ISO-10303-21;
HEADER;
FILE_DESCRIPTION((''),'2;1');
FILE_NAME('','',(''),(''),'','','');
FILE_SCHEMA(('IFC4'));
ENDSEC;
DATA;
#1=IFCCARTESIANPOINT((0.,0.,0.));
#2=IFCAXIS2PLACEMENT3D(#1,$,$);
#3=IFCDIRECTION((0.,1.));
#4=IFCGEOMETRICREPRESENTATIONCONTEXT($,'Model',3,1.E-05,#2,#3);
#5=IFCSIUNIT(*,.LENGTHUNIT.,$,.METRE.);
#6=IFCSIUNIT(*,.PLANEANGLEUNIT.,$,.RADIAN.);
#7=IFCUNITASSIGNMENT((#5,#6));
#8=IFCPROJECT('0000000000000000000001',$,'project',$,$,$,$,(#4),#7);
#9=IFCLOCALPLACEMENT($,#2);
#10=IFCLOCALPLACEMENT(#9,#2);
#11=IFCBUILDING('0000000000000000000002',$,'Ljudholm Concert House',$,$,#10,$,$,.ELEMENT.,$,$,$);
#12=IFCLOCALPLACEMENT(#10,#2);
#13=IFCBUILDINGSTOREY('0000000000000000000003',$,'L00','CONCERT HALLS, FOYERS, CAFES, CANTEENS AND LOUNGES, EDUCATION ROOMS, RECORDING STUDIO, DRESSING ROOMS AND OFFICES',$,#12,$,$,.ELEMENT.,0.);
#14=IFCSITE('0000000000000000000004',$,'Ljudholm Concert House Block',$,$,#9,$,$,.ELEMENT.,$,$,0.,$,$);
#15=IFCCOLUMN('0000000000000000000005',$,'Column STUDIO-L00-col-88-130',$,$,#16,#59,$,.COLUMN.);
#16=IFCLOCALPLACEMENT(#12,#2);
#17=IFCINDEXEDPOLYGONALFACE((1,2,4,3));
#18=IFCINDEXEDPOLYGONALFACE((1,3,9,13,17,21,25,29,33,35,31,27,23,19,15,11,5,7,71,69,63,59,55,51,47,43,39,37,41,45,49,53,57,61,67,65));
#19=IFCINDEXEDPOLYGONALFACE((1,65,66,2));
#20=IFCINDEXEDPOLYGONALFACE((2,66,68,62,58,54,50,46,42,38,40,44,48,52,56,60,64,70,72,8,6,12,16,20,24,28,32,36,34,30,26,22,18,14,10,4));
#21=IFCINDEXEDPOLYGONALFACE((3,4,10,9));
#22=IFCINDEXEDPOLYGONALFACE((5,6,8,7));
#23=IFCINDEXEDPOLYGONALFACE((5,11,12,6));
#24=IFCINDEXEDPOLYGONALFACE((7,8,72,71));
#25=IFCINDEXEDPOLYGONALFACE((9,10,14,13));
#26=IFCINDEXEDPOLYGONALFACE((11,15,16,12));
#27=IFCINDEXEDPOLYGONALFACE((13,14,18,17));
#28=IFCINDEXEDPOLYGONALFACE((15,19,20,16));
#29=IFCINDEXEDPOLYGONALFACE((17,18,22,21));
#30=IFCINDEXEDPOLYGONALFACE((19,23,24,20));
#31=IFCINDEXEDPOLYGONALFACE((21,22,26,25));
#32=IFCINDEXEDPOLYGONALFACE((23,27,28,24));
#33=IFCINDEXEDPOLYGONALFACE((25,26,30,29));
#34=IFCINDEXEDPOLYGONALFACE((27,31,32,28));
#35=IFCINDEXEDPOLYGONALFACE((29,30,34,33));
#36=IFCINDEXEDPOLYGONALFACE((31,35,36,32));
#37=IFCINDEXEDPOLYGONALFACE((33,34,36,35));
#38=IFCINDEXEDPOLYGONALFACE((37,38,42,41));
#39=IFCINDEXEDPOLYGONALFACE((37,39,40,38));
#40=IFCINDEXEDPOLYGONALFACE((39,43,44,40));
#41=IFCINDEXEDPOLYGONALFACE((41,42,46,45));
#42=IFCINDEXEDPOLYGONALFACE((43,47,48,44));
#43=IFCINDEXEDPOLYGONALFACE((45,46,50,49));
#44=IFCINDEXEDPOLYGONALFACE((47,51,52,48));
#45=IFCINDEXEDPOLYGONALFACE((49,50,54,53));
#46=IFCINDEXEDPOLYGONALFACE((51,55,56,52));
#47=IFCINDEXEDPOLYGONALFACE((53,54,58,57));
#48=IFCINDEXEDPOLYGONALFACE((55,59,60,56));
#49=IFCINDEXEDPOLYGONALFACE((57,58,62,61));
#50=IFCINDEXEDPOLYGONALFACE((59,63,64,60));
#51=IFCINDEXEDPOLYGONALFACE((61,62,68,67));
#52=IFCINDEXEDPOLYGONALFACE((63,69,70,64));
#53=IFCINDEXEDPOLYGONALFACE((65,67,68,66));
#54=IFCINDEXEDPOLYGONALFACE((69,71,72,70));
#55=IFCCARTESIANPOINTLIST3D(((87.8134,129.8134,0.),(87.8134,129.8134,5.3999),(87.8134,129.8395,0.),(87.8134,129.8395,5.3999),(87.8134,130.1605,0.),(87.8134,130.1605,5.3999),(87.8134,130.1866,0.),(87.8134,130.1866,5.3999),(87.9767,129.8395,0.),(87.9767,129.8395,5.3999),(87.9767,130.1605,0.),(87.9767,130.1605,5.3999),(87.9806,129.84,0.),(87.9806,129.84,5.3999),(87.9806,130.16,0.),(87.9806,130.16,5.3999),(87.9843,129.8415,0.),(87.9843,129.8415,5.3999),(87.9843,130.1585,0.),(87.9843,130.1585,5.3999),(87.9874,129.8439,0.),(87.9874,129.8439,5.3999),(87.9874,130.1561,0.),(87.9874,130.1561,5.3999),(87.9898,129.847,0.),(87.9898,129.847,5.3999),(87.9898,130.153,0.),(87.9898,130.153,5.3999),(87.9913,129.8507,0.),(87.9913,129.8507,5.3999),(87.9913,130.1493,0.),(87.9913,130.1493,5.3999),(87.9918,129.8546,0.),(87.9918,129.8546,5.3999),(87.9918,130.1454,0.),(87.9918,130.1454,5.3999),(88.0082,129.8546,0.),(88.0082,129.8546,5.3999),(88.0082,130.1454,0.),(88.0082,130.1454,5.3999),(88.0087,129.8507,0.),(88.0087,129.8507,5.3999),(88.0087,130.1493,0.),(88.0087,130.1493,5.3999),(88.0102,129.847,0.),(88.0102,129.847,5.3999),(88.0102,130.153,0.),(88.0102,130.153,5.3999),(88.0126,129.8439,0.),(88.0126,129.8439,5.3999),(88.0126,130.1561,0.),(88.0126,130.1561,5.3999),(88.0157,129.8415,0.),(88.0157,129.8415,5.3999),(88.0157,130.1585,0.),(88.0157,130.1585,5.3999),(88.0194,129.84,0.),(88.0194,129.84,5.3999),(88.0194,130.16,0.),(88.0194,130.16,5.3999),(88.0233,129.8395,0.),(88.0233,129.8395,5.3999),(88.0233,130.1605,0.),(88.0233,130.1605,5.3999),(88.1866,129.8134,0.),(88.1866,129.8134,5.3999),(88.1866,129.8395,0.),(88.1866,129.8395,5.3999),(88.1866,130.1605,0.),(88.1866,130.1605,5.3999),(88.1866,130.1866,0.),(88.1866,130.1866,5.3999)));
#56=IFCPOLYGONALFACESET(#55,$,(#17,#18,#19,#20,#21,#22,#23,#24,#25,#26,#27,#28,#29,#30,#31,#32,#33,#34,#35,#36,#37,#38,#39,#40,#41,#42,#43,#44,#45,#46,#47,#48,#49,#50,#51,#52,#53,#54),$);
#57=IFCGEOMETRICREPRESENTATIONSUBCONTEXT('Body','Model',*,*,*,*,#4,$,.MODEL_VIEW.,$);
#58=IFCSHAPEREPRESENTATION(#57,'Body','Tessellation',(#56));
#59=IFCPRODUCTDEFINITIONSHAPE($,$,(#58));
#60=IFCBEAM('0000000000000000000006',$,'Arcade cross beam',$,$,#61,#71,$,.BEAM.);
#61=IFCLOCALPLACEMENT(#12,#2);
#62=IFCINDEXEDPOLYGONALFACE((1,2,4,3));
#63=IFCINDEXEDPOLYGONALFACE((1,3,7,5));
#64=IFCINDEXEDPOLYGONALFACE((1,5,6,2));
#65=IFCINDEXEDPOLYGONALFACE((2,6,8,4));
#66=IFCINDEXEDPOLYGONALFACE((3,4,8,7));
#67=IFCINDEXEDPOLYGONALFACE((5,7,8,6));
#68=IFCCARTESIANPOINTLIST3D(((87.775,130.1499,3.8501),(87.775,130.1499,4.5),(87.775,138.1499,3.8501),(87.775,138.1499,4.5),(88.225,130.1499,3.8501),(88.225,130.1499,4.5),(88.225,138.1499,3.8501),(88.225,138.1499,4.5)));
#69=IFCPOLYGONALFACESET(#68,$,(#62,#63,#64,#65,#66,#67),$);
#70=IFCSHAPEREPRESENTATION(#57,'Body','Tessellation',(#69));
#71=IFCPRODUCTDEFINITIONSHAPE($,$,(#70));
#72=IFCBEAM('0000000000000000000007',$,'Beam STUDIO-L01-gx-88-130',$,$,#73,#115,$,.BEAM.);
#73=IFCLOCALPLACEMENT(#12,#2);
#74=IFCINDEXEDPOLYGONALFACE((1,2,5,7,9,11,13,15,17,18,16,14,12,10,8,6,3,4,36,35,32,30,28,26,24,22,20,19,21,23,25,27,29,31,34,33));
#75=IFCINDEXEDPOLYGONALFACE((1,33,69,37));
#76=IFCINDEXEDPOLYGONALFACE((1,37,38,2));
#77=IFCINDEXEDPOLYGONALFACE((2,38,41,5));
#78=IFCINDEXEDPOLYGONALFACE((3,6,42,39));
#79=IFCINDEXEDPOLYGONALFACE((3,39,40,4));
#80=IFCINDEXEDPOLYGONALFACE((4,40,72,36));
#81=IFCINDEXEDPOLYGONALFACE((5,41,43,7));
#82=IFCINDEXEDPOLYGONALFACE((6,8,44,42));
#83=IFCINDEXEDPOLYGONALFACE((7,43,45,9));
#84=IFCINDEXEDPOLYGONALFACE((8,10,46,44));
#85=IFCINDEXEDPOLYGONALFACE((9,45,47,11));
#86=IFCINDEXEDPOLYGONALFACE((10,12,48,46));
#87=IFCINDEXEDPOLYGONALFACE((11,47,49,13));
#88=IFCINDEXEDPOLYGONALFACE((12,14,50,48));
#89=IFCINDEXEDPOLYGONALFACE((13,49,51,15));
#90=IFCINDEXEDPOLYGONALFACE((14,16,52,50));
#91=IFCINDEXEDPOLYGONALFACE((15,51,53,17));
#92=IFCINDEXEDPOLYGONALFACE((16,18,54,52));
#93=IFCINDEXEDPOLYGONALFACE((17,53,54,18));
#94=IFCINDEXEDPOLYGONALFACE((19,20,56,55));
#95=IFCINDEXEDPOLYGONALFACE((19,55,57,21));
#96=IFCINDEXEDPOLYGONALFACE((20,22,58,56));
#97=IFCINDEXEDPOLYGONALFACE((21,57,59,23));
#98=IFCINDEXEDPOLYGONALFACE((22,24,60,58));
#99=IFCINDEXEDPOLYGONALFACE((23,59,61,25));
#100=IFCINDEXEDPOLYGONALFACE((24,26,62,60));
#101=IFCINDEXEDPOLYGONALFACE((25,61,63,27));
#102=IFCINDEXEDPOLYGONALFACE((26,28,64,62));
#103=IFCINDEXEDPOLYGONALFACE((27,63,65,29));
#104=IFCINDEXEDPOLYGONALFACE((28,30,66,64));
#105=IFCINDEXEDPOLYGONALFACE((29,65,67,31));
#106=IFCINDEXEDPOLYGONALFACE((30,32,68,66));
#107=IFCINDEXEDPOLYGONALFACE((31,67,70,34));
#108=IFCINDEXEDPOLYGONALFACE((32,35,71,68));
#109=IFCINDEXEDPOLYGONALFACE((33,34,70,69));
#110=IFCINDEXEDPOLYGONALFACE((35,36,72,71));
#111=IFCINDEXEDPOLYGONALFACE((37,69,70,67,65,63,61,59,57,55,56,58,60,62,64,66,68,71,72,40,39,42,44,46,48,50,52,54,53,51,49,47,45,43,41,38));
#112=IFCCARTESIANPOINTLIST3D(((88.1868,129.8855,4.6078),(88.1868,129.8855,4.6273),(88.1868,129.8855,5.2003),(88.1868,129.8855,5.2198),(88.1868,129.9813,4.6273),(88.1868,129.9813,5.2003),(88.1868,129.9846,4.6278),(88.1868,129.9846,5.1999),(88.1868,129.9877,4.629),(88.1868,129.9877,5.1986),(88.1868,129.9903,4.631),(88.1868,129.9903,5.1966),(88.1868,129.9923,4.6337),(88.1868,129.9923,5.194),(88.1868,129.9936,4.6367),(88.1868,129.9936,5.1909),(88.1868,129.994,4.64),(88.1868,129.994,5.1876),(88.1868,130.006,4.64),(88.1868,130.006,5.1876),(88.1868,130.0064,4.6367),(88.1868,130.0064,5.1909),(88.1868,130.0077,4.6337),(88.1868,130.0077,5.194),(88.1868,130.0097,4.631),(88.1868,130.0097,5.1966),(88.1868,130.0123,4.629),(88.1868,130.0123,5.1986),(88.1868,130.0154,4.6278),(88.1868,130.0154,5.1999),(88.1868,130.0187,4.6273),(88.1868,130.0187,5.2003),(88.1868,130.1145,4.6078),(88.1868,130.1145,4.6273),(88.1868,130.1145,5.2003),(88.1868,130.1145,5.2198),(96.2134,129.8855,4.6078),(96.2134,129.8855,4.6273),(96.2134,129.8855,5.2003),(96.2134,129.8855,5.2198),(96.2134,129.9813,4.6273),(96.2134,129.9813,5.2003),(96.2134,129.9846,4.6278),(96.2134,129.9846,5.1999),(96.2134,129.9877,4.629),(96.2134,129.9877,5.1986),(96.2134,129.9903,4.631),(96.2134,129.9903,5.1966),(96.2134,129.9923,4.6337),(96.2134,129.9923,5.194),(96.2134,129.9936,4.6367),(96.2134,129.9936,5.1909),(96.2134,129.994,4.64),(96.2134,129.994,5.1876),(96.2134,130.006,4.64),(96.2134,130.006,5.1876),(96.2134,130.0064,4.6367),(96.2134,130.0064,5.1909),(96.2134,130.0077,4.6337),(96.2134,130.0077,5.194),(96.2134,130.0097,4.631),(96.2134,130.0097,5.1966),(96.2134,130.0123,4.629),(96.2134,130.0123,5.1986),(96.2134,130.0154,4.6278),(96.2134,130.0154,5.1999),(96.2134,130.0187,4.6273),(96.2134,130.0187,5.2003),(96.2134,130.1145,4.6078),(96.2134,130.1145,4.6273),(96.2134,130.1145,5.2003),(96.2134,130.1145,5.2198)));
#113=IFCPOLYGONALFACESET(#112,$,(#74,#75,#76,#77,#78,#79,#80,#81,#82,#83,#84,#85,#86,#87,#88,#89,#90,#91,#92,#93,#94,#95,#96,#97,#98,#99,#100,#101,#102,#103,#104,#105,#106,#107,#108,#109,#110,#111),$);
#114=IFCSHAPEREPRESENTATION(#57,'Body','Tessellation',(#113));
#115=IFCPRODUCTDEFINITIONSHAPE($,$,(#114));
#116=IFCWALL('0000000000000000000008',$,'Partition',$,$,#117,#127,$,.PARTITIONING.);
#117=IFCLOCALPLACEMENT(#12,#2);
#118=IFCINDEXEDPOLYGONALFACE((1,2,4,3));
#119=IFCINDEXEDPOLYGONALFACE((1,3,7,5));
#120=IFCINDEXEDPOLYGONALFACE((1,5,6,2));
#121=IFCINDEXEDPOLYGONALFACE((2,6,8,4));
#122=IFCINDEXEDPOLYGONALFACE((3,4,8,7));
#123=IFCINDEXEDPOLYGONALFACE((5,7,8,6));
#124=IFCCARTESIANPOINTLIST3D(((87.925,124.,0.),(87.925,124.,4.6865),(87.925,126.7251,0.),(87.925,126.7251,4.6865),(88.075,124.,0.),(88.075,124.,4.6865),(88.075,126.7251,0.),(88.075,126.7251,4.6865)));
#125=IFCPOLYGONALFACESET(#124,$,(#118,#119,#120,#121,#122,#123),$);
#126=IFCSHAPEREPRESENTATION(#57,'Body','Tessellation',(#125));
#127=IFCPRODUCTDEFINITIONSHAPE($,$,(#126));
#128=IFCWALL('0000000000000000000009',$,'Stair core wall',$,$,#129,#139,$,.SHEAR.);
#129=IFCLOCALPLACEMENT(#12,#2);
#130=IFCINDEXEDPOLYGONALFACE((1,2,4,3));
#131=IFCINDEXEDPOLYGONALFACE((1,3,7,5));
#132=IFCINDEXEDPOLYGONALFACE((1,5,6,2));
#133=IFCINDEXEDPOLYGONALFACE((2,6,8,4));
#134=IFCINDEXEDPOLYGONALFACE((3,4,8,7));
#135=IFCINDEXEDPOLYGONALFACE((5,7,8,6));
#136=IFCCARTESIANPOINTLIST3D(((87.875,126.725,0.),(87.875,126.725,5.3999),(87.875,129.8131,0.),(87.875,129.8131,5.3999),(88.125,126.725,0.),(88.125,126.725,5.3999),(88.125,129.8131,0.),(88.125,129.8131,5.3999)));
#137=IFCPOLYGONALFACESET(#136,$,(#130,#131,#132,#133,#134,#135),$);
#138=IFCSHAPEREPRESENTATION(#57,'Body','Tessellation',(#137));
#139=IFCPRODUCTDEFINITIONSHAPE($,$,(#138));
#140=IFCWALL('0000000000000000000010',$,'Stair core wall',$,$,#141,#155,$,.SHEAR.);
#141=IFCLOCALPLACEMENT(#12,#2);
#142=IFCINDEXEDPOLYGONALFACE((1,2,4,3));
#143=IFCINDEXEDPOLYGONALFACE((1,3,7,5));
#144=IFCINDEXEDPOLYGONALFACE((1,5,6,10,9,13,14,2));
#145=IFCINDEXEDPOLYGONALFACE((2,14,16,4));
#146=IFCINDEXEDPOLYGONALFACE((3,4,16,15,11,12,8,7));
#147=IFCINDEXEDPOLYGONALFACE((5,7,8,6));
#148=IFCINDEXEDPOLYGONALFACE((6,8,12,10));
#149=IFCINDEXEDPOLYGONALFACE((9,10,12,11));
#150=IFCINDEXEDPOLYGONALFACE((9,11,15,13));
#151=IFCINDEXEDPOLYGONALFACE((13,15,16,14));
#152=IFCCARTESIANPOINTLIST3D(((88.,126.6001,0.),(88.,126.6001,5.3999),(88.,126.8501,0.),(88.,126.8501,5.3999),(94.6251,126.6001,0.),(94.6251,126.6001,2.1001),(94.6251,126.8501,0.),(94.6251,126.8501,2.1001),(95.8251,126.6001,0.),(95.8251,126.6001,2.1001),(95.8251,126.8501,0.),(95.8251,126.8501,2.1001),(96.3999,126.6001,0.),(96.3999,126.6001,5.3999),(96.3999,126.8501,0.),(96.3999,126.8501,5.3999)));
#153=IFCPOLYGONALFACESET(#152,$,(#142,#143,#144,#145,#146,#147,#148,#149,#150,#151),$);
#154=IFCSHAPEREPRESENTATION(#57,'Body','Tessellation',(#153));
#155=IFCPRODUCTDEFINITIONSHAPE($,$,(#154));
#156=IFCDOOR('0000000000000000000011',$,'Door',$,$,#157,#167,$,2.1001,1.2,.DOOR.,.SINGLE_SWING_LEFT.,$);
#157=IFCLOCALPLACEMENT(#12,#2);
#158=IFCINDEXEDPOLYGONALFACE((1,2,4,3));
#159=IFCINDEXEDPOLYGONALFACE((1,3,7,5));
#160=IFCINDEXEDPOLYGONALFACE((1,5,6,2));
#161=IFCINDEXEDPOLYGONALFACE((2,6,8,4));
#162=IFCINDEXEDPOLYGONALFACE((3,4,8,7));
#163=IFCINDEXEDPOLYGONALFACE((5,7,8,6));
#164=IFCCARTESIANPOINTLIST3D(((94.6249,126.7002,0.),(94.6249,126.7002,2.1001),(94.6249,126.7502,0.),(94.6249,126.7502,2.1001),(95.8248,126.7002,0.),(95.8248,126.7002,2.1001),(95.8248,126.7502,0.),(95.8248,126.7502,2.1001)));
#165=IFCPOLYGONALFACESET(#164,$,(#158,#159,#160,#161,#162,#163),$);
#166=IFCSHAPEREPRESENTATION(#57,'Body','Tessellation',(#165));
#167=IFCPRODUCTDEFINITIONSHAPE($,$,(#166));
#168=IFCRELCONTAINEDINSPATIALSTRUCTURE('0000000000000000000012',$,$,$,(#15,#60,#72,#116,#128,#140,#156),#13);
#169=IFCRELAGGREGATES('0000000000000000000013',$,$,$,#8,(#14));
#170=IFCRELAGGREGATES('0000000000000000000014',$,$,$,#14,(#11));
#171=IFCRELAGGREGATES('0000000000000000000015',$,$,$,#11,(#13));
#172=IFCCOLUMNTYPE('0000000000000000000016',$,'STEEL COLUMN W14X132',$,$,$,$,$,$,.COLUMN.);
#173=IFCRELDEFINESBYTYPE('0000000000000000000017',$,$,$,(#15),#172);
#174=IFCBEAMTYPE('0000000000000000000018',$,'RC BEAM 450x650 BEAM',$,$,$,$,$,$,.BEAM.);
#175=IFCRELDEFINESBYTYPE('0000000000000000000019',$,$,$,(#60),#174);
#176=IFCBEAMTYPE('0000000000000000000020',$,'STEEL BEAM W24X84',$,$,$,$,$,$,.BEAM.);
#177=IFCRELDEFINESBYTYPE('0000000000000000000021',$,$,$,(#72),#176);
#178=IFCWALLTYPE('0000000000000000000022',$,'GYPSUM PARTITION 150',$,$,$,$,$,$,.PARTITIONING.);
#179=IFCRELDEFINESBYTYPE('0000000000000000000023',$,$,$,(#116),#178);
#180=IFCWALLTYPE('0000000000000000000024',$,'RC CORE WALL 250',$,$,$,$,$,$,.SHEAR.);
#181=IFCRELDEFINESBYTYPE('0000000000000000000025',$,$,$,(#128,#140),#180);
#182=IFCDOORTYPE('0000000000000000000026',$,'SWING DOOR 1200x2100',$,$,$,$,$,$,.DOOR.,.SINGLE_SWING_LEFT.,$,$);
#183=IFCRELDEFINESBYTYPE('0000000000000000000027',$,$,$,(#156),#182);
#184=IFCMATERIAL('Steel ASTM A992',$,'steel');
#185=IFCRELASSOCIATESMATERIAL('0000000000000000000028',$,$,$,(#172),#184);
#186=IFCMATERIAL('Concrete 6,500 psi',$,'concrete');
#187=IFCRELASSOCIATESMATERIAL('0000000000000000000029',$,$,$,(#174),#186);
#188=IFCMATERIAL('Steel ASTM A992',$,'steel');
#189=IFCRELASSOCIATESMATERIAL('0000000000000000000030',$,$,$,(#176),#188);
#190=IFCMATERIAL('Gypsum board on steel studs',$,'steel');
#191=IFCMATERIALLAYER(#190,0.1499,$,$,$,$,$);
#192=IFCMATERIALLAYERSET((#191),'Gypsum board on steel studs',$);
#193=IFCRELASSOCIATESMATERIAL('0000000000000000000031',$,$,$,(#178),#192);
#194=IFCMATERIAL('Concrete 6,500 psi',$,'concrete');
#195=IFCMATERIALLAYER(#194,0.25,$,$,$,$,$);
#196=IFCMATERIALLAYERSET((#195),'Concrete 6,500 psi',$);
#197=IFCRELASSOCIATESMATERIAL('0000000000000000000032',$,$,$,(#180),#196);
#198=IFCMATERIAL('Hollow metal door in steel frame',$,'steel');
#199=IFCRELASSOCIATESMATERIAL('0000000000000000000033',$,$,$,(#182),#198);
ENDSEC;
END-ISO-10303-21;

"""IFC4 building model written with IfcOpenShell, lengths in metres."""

from ifc_helpers import new_model, si_unit, direction, frame, frame_2d, origin, origin_2d, place, context, subcontext, project, spatial, rectangle, i_section, extrude, material, layer, layer_set, material_profile, profile_set, type_object, element, fill, save


model = new_model("IFC4")

# Units and contexts
model_context = context("Model", 3, precision=1e-05, world=origin(), true_north=direction((0.0, 1.0)))
body_context = subcontext(model_context, "Body", "Model", "MODEL_VIEW")
ifc_project = project(units=[si_unit("LENGTHUNIT", "METRE"), si_unit("PLANEANGLEUNIT", "RADIAN")], contexts=[model_context])

# Site, building, storey
site_placement = place(None, origin())
site = spatial("IfcSite", under=ifc_project, at=site_placement, Name="Ljudholm Concert House Block", CompositionType="ELEMENT", RefElevation=0.0)
building_placement = place(site_placement, origin())
building = spatial("IfcBuilding", under=site, at=building_placement, Name="Ljudholm Concert House", CompositionType="ELEMENT")
storey_placement = place(building_placement, origin())
storey = spatial("IfcBuildingStorey", under=building, at=storey_placement, Name="L00", Description="CONCERT HALLS, FOYERS, CAFES, CANTEENS AND LOUNGES, EDUCATION ROOMS, RECORDING STUDIO, DRESSING ROOMS AND OFFICES", CompositionType="ELEMENT", Elevation=0.0)

# Column
ifc_material_1 = material(Name="Steel ASTM A992", Category="steel")
ifc_material_profile_1 = material_profile(ifc_material_1, i_section(OverallWidth=0.3733, OverallDepth=0.3733, WebThickness=0.0164, FlangeThickness=0.0261, FilletRadius=0.0151, at=origin_2d()), Name="W14X132")
ifc_profile_set_1 = profile_set([ifc_material_profile_1], Name="Steel ASTM A992")
column_type = type_object("IfcColumnType", Name="STEEL COLUMN W14X132", PredefinedType="COLUMN", material=ifc_profile_set_1)
column_placement = place(storey_placement, frame((88.0, 130.0, 0.0), z_axis=(0.0, 0.0, 1.0), x_axis=(1.0, 0.0, 0.0)))
element("IfcColumn", 1, at=column_placement, inside=storey, type_object=column_type, Name="Column STUDIO-L00-col-88-130", PredefinedType="COLUMN", context=body_context, shape_type="SweptSolid", body=[
    extrude(i_section(OverallWidth=0.3733, OverallDepth=0.3733, WebThickness=0.0164, FlangeThickness=0.0261, FilletRadius=0.0151, at=origin_2d()), origin(), (0.0, 0.0, 1.0), 5.3999),
])

# Beams
ifc_material_2 = material(Name="Concrete 6,500 psi", Category="concrete")
ifc_material_profile_2 = material_profile(ifc_material_2, rectangle(XDim=0.45, YDim=0.6499, at=origin_2d()), Name="RC BEAM 450x650 BEAM")
ifc_profile_set_2 = profile_set([ifc_material_profile_2], Name="Concrete 6,500 psi")
beam_type_1 = type_object("IfcBeamType", Name="RC BEAM 450x650 BEAM", PredefinedType="BEAM", material=ifc_profile_set_2)
beam_1_placement = place(storey_placement, frame((88.0, 138.1499, 4.175), z_axis=(0.0, -1.0, 0.0), x_axis=(1.0, 0.0, 0.0)))
element("IfcBeam", 2, at=beam_1_placement, inside=storey, type_object=beam_type_1, Name="Arcade cross beam", PredefinedType="BEAM", context=body_context, shape_type="SweptSolid", body=[
    extrude(rectangle(XDim=0.45, YDim=0.6499, at=origin_2d()), origin(), (0.0, 0.0, 1.0), 8.0),
])
ifc_material_3 = material(Name="Steel ASTM A992", Category="steel")
ifc_material_profile_3 = material_profile(ifc_material_3, i_section(OverallWidth=0.229, OverallDepth=0.6121, WebThickness=0.012, FlangeThickness=0.0195, FilletRadius=0.0127, at=origin_2d()), Name="W24X84")
ifc_profile_set_3 = profile_set([ifc_material_profile_3], Name="Steel ASTM A992")
beam_type_2 = type_object("IfcBeamType", Name="STEEL BEAM W24X84", PredefinedType="BEAM", material=ifc_profile_set_3)
beam_2_placement = place(storey_placement, frame((88.1868, 130.0, 4.9138), z_axis=(1.0, 0.0, 0.0), x_axis=(0.0, 1.0, 0.0)))
element("IfcBeam", 3, at=beam_2_placement, inside=storey, type_object=beam_type_2, Name="Beam STUDIO-L01-gx-88-130", PredefinedType="BEAM", context=body_context, shape_type="SweptSolid", body=[
    extrude(i_section(OverallWidth=0.229, OverallDepth=0.6121, WebThickness=0.012, FlangeThickness=0.0195, FilletRadius=0.0127, at=origin_2d()), origin(), (0.0, 0.0, 1.0), 8.0266),
])

# Walls
ifc_material_4 = material(Name="Gypsum board on steel studs", Category="steel")
ifc_layer_1 = layer(ifc_material_4, 0.1499)
ifc_layer_set_1 = layer_set([ifc_layer_1], Name="Gypsum board on steel studs")
wall_type_1 = type_object("IfcWallType", Name="GYPSUM PARTITION 150", PredefinedType="PARTITIONING", material=ifc_layer_set_1)
wall_1_placement = place(storey_placement, frame((88.0, 124.0, 0.0), z_axis=(0.0, 0.0, 1.0), x_axis=(0.0, 1.0, 0.0)))
element("IfcWall", 4, at=wall_1_placement, inside=storey, type_object=wall_type_1, Name="Partition", PredefinedType="PARTITIONING", context=body_context, shape_type="SweptSolid", body=[
    extrude(rectangle(XDim=2.7251, YDim=0.1499, at=frame_2d((1.3625, 0.0))), origin(), (0.0, 0.0, 1.0), 4.6865),
])
ifc_material_5 = material(Name="Concrete 6,500 psi", Category="concrete")
ifc_layer_2 = layer(ifc_material_5, 0.25)
ifc_layer_set_2 = layer_set([ifc_layer_2], Name="Concrete 6,500 psi")
wall_type_2 = type_object("IfcWallType", Name="RC CORE WALL 250", PredefinedType="SHEAR", material=ifc_layer_set_2)
wall_2_placement = place(storey_placement, frame((88.0, 126.7251, 0.0), z_axis=(0.0, 0.0, 1.0), x_axis=(0.0, 1.0, 0.0)))
element("IfcWall", 5, at=wall_2_placement, inside=storey, type_object=wall_type_2, Name="Stair core wall", PredefinedType="SHEAR", context=body_context, shape_type="SweptSolid", body=[
    extrude(rectangle(XDim=3.0881, YDim=0.25, at=frame_2d((1.5439, 0.0))), origin(), (0.0, 0.0, 1.0), 5.3999),
])

# Wall, opening, door
wall_3_placement = place(storey_placement, frame((88.0, 126.7251, 0.0), z_axis=(0.0, 0.0, 1.0), x_axis=(1.0, 0.0, 0.0)))
wall_3 = element("IfcWall", 6, at=wall_3_placement, inside=storey, type_object=wall_type_2, Name="Stair core wall", PredefinedType="SHEAR", context=body_context, shape_type="SweptSolid", body=[
    extrude(rectangle(XDim=8.3999, YDim=0.25, at=frame_2d((4.2, 0.0))), origin(), (0.0, 0.0, 1.0), 5.3999),
])
opening_placement = place(wall_3_placement, frame((6.625, 0.0, 0.0)))
opening = element("IfcOpeningElement", 7, at=opening_placement, cuts=wall_3, PredefinedType="OPENING", context=body_context, shape_type="SweptSolid", body=[
    extrude(rectangle(XDim=1.2, YDim=2.1001, at=frame_2d((0.6001, 1.05))), frame((0.0, 0.135, 0.0), z_axis=(0.0, -1.0, 0.0), x_axis=(1.0, 0.0, 0.0)), (0.0, 0.0, 1.0), 0.27),
])
ifc_material_6 = material(Name="Hollow metal door in steel frame", Category="steel")
door_type = type_object("IfcDoorType", Name="SWING DOOR 1200x2100", OperationType="SINGLE_SWING_LEFT", PredefinedType="DOOR", material=ifc_material_6)
door_placement = place(opening_placement, frame((1.2, 0.0, 0.0), z_axis=(0.0, 0.0, 1.0), x_axis=(-1.0, 0.0, 0.0)))
door = element("IfcDoor", 8, at=door_placement, inside=storey, type_object=door_type, Name="Door", OperationType="SINGLE_SWING_LEFT", OverallHeight=2.1001, OverallWidth=1.2, PredefinedType="DOOR", context=body_context, shape_type="SweptSolid", body=[
    extrude(rectangle(XDim=1.2, YDim=2.1001, at=frame_2d((0.6001, 1.05))), frame((0.0, 0.0249, 0.0), z_axis=(0.0, -1.0, 0.0), x_axis=(1.0, 0.0, 0.0)), (0.0, 0.0, 1.0), 0.05),
])
fill(opening, door)

save(model, "model.ifc")
